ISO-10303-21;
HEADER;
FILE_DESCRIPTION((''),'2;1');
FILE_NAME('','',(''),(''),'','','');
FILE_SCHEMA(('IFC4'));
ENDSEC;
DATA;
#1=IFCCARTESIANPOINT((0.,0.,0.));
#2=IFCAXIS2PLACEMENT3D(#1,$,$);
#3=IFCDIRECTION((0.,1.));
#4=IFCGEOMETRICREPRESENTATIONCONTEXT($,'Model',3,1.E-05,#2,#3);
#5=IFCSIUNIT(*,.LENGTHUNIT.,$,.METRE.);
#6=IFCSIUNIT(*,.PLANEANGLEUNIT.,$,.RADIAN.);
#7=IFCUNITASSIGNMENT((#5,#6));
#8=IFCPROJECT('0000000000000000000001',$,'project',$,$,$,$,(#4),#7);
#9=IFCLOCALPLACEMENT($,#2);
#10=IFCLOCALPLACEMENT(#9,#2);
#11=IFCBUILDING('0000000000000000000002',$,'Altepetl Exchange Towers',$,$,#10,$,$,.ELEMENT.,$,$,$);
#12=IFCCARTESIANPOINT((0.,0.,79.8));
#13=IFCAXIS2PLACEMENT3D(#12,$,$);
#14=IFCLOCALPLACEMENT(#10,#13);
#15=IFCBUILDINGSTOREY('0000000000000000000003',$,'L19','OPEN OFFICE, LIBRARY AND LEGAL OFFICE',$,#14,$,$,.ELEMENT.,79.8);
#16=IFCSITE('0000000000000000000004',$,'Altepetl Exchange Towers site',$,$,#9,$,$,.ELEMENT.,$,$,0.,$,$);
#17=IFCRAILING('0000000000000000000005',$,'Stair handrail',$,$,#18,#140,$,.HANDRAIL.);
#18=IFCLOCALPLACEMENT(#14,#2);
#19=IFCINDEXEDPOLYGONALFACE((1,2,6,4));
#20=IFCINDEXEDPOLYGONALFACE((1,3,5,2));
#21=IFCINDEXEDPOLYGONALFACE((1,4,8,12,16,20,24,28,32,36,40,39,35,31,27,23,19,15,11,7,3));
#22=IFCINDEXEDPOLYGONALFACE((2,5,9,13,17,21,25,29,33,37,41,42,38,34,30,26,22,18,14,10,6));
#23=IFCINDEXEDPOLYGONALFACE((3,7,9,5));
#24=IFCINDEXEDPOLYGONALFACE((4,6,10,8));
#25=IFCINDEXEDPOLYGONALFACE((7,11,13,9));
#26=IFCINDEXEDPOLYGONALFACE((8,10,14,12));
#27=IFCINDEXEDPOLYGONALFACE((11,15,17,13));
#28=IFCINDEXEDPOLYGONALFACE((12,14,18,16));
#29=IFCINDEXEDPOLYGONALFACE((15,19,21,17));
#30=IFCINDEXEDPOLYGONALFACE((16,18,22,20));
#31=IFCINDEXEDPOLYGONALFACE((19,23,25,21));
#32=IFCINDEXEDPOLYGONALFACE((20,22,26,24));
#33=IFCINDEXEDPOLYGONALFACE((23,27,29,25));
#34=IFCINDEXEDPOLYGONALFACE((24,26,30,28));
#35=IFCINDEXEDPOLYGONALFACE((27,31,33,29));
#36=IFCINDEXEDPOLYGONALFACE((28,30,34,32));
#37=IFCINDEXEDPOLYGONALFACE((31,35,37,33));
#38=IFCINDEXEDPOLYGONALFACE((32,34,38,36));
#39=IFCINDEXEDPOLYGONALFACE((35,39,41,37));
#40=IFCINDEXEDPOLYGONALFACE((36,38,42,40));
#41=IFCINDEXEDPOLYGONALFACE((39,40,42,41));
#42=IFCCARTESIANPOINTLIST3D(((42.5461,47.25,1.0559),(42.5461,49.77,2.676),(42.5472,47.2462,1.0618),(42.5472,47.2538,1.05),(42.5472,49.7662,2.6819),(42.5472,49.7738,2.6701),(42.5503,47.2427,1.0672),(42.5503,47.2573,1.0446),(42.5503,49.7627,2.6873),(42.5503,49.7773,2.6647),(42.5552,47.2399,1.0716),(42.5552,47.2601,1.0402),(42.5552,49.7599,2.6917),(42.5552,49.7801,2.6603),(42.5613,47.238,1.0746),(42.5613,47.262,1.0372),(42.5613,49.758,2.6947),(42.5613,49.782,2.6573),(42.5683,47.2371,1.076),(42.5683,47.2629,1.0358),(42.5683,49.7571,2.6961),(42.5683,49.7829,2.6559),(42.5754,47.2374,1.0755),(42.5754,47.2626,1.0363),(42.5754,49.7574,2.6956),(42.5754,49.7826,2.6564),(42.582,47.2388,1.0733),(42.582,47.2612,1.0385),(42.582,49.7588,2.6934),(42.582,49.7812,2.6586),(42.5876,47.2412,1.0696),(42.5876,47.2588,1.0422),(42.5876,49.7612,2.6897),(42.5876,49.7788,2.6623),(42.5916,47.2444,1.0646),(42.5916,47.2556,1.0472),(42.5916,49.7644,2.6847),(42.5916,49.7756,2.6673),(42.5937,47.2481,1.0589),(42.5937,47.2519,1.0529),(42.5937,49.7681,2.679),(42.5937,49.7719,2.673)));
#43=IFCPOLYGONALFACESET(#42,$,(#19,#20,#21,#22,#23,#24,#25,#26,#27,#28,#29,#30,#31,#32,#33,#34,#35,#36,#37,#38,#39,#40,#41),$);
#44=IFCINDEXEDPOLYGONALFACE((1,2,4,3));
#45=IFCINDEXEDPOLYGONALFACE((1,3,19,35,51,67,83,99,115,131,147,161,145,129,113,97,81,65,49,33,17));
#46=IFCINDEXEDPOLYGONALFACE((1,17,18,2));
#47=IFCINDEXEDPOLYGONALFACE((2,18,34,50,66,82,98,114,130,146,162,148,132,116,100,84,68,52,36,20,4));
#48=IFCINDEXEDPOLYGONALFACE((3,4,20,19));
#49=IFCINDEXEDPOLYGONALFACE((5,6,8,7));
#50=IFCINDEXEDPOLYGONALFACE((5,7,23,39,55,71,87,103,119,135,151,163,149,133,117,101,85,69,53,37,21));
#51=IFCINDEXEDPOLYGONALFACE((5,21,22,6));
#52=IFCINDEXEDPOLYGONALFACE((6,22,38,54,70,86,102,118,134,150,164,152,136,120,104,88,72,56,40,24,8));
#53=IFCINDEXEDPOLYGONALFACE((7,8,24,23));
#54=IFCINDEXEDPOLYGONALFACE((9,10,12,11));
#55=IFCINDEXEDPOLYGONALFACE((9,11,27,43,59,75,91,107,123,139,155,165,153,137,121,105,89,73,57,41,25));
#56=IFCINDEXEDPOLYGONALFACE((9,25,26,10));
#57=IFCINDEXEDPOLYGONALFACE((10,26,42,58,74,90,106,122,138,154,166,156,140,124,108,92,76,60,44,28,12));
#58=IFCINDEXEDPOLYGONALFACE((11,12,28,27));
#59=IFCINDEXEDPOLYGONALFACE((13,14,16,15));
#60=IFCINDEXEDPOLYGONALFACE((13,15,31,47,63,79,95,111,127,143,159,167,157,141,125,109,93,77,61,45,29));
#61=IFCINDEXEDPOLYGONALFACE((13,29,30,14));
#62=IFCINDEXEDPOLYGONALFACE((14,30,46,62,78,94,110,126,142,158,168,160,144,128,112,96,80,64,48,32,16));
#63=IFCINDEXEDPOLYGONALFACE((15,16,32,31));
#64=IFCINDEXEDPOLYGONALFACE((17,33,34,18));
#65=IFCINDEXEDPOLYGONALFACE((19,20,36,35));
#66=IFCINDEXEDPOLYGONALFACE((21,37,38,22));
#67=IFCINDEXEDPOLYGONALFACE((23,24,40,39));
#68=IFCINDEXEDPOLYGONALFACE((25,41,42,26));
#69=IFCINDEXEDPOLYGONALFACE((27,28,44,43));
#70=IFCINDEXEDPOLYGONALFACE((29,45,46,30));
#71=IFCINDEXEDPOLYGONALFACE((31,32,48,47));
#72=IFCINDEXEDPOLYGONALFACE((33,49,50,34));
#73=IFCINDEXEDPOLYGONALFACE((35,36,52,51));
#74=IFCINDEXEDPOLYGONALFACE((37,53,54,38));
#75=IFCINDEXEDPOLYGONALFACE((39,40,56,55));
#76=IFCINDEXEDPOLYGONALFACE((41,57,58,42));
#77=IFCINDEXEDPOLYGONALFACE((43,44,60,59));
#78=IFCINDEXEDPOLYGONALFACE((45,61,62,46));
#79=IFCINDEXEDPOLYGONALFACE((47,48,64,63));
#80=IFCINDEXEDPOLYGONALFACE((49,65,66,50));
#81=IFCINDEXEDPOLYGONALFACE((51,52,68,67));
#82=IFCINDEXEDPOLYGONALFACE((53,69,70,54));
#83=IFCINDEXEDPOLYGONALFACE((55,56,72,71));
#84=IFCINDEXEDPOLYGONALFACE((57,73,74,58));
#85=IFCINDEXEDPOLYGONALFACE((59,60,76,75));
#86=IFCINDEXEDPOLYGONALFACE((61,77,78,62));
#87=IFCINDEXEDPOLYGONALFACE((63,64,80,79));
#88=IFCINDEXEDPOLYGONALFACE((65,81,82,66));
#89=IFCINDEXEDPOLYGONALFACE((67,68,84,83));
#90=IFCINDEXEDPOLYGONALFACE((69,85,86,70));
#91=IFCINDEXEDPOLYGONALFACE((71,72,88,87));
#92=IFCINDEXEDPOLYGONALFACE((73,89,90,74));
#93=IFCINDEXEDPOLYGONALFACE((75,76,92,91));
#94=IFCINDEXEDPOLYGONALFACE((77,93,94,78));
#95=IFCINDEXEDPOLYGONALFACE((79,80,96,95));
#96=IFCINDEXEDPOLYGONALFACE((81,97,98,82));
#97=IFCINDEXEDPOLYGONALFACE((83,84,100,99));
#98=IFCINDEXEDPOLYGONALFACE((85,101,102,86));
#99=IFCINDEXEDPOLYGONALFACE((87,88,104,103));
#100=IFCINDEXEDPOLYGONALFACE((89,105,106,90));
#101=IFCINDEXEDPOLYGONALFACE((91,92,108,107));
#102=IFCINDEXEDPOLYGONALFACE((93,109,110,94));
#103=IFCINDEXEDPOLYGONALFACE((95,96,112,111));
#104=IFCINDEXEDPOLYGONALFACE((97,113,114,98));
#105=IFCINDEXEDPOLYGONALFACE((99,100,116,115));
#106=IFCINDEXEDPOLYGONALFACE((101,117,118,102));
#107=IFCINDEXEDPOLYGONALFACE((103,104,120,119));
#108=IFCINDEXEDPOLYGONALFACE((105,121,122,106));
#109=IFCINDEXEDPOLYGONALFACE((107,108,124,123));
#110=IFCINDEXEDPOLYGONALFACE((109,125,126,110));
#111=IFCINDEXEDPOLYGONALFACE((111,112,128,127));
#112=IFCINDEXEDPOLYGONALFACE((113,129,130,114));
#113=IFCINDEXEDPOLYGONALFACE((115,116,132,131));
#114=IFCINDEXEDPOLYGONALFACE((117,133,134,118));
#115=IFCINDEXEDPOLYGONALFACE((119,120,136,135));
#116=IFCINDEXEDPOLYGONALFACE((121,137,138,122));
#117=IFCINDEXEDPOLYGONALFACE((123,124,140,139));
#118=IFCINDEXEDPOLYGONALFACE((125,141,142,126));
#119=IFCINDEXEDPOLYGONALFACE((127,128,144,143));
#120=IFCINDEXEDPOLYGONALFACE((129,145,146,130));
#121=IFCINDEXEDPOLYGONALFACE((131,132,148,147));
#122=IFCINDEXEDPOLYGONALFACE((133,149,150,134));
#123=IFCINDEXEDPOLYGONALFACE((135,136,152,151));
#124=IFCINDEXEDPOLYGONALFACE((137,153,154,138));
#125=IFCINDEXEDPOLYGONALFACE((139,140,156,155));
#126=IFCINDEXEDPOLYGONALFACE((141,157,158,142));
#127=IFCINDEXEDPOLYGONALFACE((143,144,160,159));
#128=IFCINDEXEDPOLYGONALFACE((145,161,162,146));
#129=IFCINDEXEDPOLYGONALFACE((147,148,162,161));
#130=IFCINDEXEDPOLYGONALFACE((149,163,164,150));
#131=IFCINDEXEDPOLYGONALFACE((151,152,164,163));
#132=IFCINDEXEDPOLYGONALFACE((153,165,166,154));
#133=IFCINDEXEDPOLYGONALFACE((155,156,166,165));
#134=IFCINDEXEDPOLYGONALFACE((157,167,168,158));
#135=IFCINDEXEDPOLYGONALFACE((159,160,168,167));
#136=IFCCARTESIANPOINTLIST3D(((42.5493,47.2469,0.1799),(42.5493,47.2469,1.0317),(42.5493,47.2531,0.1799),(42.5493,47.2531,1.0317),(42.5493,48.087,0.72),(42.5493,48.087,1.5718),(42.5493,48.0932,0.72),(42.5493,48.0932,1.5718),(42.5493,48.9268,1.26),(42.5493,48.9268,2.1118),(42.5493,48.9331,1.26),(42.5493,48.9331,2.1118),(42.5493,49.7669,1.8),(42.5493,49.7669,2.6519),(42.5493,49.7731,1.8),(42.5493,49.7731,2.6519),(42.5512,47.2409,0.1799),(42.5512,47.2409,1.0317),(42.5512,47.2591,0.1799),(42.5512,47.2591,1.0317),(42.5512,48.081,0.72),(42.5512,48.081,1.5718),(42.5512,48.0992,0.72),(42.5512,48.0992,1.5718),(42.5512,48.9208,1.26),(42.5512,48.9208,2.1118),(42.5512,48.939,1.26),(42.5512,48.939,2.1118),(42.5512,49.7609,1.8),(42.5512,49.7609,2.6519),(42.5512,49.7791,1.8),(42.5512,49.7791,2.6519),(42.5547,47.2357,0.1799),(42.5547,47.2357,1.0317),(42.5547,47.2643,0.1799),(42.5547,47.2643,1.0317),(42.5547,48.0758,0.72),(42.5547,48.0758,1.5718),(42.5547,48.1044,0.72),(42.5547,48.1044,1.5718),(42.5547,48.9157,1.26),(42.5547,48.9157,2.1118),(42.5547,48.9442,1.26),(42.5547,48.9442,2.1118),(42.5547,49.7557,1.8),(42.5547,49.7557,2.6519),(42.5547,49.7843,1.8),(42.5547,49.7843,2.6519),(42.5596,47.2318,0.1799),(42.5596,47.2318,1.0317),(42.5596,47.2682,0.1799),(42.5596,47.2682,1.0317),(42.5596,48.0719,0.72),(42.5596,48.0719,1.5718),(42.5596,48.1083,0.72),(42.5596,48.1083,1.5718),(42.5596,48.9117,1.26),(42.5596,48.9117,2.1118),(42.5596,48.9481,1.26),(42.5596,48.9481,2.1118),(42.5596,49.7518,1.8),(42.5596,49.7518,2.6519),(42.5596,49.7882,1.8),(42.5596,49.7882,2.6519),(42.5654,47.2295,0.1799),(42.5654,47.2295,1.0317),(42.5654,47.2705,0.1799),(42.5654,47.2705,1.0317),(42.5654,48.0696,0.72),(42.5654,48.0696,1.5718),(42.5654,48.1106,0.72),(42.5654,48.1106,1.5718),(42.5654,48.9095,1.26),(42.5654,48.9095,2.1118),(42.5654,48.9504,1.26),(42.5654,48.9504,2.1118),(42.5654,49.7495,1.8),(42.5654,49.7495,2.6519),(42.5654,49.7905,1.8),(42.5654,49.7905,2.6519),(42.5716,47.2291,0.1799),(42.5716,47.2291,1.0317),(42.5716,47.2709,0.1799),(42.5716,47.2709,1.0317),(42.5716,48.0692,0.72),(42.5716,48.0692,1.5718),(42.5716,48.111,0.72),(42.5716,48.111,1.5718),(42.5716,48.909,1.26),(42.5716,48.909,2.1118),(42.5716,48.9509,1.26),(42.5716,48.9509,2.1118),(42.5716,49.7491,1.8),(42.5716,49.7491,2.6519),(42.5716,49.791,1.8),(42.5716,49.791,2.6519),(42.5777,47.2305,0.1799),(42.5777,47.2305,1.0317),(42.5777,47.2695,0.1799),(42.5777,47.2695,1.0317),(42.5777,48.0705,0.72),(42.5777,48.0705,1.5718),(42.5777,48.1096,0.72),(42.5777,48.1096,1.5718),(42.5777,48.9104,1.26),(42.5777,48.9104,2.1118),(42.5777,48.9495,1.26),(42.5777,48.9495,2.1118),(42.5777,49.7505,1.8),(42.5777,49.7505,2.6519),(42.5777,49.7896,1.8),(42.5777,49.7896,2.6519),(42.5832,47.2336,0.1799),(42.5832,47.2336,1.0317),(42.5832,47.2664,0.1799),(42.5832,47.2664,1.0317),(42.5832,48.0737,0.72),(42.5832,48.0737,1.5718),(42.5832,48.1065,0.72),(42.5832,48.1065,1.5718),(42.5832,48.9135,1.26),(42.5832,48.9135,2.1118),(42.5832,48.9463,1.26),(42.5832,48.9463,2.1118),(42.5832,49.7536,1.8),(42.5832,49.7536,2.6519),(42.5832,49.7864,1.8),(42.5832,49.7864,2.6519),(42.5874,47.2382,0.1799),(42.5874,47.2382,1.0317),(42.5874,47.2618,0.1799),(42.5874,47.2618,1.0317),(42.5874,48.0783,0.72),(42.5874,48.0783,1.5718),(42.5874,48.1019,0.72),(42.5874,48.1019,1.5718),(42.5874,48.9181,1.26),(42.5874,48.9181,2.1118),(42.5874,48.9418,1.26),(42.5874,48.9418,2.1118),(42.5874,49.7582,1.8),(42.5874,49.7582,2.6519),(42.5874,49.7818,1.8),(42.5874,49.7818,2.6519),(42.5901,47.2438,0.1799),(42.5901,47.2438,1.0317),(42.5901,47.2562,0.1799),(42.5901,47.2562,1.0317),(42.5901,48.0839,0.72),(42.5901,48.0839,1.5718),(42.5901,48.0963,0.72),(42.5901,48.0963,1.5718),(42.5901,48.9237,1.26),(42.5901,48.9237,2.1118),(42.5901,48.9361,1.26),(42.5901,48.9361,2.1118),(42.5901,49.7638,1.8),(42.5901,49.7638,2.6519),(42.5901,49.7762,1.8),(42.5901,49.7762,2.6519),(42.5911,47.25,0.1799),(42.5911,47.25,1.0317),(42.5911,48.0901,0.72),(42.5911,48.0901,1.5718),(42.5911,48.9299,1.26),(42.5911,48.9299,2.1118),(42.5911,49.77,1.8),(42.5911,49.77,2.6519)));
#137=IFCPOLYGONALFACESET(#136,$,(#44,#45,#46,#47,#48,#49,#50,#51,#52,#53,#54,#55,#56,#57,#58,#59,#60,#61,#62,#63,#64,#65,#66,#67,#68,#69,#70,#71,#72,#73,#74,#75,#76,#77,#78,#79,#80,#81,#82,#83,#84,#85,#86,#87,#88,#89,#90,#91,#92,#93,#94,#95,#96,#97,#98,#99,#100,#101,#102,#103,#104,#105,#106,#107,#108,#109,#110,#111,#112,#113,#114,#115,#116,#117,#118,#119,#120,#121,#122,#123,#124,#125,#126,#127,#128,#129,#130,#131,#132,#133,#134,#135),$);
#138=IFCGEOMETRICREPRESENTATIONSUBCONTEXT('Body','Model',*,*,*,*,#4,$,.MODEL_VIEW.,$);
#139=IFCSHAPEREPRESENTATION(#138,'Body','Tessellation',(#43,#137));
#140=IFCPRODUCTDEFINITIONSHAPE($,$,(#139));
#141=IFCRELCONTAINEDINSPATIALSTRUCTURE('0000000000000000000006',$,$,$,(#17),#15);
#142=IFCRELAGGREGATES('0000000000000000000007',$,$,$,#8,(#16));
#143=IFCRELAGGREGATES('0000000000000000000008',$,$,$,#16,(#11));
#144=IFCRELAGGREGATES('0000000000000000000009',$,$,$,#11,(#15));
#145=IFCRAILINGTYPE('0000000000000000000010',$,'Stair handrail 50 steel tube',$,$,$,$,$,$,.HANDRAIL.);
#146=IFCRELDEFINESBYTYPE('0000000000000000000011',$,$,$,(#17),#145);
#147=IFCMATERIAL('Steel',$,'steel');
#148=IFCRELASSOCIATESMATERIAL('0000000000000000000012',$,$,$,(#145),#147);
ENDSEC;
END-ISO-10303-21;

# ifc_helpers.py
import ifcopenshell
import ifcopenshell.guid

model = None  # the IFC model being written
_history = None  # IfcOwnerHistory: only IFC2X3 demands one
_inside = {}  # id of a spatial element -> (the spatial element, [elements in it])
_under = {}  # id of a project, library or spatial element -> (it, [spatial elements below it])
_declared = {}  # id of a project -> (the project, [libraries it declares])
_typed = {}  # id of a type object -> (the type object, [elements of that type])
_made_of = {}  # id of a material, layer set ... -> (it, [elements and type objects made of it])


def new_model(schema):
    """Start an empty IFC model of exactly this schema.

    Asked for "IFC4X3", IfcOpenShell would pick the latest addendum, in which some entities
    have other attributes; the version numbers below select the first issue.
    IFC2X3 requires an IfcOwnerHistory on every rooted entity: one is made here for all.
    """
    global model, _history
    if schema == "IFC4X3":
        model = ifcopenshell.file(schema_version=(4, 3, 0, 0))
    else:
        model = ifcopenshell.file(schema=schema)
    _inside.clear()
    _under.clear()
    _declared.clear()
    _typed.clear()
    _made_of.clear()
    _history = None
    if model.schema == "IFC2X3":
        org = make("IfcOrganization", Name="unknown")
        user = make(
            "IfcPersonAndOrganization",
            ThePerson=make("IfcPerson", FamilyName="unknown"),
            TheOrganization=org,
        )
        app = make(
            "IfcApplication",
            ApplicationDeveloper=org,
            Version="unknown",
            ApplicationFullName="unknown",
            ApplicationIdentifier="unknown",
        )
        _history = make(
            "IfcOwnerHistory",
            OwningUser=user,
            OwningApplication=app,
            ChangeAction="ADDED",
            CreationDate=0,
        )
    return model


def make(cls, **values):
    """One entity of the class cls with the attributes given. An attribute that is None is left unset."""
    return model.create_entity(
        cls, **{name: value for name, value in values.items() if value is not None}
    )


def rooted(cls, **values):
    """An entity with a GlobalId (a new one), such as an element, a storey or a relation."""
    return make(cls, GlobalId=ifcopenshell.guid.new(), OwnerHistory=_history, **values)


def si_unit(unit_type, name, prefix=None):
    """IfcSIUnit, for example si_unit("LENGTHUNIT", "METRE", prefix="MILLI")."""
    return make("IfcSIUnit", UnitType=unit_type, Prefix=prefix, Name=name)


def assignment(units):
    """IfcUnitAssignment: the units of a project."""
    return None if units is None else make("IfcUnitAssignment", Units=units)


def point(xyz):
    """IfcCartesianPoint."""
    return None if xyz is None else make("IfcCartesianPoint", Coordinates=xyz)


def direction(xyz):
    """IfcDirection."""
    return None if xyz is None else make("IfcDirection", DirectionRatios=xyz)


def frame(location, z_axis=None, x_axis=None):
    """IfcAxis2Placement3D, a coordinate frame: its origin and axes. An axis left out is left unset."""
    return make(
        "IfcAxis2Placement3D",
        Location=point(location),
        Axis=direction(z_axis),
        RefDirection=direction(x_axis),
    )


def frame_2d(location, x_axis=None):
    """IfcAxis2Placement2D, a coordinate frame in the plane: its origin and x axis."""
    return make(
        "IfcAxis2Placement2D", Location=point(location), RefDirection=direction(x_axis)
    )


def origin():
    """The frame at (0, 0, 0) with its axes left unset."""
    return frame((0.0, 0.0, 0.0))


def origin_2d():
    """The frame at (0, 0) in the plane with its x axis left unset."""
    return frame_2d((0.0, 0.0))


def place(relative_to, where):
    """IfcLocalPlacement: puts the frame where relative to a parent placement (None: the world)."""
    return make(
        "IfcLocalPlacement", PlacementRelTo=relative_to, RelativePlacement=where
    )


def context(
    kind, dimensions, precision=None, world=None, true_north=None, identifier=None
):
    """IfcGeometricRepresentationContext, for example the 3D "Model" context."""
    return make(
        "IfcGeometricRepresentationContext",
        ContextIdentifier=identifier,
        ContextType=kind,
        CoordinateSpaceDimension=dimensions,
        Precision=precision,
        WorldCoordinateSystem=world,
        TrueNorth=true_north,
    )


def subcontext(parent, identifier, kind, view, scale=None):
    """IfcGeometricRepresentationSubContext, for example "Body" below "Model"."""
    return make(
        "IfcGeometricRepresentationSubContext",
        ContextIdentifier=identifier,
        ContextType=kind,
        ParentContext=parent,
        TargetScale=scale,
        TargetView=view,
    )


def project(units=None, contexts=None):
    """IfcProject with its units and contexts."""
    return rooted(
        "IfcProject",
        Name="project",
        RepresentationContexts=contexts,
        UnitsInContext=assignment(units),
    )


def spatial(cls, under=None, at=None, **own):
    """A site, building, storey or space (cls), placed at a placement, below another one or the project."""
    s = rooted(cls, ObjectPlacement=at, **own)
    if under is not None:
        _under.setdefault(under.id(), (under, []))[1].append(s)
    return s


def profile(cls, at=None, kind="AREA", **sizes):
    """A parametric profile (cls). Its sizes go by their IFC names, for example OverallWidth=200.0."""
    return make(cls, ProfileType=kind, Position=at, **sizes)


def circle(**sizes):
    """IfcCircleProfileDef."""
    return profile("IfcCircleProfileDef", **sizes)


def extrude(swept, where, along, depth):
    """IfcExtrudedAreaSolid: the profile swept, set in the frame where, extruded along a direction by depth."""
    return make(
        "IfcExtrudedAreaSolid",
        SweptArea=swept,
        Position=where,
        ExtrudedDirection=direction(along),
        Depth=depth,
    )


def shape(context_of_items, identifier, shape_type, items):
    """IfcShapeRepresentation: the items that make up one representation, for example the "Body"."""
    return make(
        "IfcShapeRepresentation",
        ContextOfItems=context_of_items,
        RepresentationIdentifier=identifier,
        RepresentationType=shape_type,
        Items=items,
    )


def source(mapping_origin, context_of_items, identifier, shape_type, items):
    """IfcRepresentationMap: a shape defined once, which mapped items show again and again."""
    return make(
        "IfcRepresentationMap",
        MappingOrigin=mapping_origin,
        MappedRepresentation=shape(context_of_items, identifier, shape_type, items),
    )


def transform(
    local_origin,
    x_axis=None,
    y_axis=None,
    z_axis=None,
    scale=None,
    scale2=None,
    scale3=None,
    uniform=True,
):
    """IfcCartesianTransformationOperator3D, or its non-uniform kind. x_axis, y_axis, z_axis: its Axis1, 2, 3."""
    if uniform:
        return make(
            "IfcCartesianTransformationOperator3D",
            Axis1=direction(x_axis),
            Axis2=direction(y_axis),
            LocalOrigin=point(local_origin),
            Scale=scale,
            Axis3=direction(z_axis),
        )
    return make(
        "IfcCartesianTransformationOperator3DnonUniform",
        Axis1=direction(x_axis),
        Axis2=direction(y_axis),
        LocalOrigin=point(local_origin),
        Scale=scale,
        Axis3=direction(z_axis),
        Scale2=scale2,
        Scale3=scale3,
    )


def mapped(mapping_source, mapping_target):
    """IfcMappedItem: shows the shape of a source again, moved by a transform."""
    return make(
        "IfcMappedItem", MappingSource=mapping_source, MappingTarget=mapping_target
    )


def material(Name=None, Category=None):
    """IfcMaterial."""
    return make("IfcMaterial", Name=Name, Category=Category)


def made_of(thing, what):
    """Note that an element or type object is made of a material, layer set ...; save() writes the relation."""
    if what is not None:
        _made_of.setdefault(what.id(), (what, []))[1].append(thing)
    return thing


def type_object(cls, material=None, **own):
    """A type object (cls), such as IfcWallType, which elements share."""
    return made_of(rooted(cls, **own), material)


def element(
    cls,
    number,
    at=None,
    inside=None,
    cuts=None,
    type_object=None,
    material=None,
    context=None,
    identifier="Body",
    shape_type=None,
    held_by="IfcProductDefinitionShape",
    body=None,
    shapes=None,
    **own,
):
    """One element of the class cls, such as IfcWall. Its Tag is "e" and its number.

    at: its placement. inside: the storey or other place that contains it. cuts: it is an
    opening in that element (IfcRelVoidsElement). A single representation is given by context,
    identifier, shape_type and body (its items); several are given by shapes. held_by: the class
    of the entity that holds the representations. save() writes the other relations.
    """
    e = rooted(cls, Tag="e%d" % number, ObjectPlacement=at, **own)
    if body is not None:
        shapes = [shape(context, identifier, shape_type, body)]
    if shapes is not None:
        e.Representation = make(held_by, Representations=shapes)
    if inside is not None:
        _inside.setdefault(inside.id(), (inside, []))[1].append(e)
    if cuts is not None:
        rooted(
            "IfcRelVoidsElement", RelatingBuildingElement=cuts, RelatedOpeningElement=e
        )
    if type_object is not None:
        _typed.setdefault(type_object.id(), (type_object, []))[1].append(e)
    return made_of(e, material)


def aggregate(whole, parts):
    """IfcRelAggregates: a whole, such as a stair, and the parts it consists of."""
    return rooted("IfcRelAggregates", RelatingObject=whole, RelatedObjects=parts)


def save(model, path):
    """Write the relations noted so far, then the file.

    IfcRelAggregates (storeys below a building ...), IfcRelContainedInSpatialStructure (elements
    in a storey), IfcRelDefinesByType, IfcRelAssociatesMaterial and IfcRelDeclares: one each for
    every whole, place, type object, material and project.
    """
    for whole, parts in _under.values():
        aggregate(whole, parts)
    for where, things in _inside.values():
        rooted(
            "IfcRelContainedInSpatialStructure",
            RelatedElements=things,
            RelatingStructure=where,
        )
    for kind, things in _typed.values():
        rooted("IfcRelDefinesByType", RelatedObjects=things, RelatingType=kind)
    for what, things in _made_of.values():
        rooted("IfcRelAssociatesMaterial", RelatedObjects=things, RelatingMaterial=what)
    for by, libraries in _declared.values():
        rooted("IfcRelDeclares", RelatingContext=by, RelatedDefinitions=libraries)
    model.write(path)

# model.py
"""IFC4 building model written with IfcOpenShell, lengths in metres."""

from ifc_helpers import new_model, si_unit, direction, frame, origin, origin_2d, place, context, subcontext, project, spatial, circle, extrude, source, transform, mapped, material, type_object, element, save


model = new_model("IFC4")

# Units and contexts
model_context = context("Model", 3, precision=1e-05, world=origin(), true_north=direction((0.0, 1.0)))
body_context = subcontext(model_context, "Body", "Model", "MODEL_VIEW")
ifc_project = project(units=[si_unit("LENGTHUNIT", "METRE"), si_unit("PLANEANGLEUNIT", "RADIAN")], contexts=[model_context])

# Site, building, storey
site_placement = place(None, origin())
site = spatial("IfcSite", under=ifc_project, at=site_placement, Name="Altepetl Exchange Towers site", CompositionType="ELEMENT", RefElevation=0.0)
building_placement = place(site_placement, origin())
building = spatial("IfcBuilding", under=site, at=building_placement, Name="Altepetl Exchange Towers", CompositionType="ELEMENT")
storey_placement = place(building_placement, frame((0.0, 0.0, 79.8)))
storey = spatial("IfcBuildingStorey", under=building, at=storey_placement, Name="L19", Description="OPEN OFFICE, LIBRARY AND LEGAL OFFICE", CompositionType="ELEMENT", Elevation=79.8)

# Railing
ifc_material_1 = material(Name="Steel", Category="steel")
railing_type = type_object("IfcRailingType", Name="Stair handrail 50 steel tube", PredefinedType="HANDRAIL", material=ifc_material_1)
shared_shape = source(origin(), body_context, "Body", "SweptSolid", [
    extrude(circle(Radius=0.021, at=origin_2d()), origin(), (0.0, 0.0, 1.0), 0.8518),
])
railing_placement = place(storey_placement, frame((42.5701, 47.25, 0.1799)))
element("IfcRailing", 1, at=railing_placement, inside=storey, type_object=railing_type, Name="Stair handrail", PredefinedType="HANDRAIL", context=body_context, shape_type="SweptSolid", body=[
    extrude(circle(Radius=0.0239, at=origin_2d()), frame((0.0, 0.0, 0.876), z_axis=(0.0, 0.841163, 0.540782), x_axis=(-1.0, 0.0, 0.0)), (0.0, 0.0, 1.0), 2.9958),
    mapped(shared_shape, transform((0.0, 0.0, 0.0))),
    mapped(shared_shape, transform((0.0, 0.8401, 0.54))),
    mapped(shared_shape, transform((0.0, 1.6799, 1.0801))),
    mapped(shared_shape, transform((0.0, 2.52, 1.6201))),
])

save(model, "model.ifc")
